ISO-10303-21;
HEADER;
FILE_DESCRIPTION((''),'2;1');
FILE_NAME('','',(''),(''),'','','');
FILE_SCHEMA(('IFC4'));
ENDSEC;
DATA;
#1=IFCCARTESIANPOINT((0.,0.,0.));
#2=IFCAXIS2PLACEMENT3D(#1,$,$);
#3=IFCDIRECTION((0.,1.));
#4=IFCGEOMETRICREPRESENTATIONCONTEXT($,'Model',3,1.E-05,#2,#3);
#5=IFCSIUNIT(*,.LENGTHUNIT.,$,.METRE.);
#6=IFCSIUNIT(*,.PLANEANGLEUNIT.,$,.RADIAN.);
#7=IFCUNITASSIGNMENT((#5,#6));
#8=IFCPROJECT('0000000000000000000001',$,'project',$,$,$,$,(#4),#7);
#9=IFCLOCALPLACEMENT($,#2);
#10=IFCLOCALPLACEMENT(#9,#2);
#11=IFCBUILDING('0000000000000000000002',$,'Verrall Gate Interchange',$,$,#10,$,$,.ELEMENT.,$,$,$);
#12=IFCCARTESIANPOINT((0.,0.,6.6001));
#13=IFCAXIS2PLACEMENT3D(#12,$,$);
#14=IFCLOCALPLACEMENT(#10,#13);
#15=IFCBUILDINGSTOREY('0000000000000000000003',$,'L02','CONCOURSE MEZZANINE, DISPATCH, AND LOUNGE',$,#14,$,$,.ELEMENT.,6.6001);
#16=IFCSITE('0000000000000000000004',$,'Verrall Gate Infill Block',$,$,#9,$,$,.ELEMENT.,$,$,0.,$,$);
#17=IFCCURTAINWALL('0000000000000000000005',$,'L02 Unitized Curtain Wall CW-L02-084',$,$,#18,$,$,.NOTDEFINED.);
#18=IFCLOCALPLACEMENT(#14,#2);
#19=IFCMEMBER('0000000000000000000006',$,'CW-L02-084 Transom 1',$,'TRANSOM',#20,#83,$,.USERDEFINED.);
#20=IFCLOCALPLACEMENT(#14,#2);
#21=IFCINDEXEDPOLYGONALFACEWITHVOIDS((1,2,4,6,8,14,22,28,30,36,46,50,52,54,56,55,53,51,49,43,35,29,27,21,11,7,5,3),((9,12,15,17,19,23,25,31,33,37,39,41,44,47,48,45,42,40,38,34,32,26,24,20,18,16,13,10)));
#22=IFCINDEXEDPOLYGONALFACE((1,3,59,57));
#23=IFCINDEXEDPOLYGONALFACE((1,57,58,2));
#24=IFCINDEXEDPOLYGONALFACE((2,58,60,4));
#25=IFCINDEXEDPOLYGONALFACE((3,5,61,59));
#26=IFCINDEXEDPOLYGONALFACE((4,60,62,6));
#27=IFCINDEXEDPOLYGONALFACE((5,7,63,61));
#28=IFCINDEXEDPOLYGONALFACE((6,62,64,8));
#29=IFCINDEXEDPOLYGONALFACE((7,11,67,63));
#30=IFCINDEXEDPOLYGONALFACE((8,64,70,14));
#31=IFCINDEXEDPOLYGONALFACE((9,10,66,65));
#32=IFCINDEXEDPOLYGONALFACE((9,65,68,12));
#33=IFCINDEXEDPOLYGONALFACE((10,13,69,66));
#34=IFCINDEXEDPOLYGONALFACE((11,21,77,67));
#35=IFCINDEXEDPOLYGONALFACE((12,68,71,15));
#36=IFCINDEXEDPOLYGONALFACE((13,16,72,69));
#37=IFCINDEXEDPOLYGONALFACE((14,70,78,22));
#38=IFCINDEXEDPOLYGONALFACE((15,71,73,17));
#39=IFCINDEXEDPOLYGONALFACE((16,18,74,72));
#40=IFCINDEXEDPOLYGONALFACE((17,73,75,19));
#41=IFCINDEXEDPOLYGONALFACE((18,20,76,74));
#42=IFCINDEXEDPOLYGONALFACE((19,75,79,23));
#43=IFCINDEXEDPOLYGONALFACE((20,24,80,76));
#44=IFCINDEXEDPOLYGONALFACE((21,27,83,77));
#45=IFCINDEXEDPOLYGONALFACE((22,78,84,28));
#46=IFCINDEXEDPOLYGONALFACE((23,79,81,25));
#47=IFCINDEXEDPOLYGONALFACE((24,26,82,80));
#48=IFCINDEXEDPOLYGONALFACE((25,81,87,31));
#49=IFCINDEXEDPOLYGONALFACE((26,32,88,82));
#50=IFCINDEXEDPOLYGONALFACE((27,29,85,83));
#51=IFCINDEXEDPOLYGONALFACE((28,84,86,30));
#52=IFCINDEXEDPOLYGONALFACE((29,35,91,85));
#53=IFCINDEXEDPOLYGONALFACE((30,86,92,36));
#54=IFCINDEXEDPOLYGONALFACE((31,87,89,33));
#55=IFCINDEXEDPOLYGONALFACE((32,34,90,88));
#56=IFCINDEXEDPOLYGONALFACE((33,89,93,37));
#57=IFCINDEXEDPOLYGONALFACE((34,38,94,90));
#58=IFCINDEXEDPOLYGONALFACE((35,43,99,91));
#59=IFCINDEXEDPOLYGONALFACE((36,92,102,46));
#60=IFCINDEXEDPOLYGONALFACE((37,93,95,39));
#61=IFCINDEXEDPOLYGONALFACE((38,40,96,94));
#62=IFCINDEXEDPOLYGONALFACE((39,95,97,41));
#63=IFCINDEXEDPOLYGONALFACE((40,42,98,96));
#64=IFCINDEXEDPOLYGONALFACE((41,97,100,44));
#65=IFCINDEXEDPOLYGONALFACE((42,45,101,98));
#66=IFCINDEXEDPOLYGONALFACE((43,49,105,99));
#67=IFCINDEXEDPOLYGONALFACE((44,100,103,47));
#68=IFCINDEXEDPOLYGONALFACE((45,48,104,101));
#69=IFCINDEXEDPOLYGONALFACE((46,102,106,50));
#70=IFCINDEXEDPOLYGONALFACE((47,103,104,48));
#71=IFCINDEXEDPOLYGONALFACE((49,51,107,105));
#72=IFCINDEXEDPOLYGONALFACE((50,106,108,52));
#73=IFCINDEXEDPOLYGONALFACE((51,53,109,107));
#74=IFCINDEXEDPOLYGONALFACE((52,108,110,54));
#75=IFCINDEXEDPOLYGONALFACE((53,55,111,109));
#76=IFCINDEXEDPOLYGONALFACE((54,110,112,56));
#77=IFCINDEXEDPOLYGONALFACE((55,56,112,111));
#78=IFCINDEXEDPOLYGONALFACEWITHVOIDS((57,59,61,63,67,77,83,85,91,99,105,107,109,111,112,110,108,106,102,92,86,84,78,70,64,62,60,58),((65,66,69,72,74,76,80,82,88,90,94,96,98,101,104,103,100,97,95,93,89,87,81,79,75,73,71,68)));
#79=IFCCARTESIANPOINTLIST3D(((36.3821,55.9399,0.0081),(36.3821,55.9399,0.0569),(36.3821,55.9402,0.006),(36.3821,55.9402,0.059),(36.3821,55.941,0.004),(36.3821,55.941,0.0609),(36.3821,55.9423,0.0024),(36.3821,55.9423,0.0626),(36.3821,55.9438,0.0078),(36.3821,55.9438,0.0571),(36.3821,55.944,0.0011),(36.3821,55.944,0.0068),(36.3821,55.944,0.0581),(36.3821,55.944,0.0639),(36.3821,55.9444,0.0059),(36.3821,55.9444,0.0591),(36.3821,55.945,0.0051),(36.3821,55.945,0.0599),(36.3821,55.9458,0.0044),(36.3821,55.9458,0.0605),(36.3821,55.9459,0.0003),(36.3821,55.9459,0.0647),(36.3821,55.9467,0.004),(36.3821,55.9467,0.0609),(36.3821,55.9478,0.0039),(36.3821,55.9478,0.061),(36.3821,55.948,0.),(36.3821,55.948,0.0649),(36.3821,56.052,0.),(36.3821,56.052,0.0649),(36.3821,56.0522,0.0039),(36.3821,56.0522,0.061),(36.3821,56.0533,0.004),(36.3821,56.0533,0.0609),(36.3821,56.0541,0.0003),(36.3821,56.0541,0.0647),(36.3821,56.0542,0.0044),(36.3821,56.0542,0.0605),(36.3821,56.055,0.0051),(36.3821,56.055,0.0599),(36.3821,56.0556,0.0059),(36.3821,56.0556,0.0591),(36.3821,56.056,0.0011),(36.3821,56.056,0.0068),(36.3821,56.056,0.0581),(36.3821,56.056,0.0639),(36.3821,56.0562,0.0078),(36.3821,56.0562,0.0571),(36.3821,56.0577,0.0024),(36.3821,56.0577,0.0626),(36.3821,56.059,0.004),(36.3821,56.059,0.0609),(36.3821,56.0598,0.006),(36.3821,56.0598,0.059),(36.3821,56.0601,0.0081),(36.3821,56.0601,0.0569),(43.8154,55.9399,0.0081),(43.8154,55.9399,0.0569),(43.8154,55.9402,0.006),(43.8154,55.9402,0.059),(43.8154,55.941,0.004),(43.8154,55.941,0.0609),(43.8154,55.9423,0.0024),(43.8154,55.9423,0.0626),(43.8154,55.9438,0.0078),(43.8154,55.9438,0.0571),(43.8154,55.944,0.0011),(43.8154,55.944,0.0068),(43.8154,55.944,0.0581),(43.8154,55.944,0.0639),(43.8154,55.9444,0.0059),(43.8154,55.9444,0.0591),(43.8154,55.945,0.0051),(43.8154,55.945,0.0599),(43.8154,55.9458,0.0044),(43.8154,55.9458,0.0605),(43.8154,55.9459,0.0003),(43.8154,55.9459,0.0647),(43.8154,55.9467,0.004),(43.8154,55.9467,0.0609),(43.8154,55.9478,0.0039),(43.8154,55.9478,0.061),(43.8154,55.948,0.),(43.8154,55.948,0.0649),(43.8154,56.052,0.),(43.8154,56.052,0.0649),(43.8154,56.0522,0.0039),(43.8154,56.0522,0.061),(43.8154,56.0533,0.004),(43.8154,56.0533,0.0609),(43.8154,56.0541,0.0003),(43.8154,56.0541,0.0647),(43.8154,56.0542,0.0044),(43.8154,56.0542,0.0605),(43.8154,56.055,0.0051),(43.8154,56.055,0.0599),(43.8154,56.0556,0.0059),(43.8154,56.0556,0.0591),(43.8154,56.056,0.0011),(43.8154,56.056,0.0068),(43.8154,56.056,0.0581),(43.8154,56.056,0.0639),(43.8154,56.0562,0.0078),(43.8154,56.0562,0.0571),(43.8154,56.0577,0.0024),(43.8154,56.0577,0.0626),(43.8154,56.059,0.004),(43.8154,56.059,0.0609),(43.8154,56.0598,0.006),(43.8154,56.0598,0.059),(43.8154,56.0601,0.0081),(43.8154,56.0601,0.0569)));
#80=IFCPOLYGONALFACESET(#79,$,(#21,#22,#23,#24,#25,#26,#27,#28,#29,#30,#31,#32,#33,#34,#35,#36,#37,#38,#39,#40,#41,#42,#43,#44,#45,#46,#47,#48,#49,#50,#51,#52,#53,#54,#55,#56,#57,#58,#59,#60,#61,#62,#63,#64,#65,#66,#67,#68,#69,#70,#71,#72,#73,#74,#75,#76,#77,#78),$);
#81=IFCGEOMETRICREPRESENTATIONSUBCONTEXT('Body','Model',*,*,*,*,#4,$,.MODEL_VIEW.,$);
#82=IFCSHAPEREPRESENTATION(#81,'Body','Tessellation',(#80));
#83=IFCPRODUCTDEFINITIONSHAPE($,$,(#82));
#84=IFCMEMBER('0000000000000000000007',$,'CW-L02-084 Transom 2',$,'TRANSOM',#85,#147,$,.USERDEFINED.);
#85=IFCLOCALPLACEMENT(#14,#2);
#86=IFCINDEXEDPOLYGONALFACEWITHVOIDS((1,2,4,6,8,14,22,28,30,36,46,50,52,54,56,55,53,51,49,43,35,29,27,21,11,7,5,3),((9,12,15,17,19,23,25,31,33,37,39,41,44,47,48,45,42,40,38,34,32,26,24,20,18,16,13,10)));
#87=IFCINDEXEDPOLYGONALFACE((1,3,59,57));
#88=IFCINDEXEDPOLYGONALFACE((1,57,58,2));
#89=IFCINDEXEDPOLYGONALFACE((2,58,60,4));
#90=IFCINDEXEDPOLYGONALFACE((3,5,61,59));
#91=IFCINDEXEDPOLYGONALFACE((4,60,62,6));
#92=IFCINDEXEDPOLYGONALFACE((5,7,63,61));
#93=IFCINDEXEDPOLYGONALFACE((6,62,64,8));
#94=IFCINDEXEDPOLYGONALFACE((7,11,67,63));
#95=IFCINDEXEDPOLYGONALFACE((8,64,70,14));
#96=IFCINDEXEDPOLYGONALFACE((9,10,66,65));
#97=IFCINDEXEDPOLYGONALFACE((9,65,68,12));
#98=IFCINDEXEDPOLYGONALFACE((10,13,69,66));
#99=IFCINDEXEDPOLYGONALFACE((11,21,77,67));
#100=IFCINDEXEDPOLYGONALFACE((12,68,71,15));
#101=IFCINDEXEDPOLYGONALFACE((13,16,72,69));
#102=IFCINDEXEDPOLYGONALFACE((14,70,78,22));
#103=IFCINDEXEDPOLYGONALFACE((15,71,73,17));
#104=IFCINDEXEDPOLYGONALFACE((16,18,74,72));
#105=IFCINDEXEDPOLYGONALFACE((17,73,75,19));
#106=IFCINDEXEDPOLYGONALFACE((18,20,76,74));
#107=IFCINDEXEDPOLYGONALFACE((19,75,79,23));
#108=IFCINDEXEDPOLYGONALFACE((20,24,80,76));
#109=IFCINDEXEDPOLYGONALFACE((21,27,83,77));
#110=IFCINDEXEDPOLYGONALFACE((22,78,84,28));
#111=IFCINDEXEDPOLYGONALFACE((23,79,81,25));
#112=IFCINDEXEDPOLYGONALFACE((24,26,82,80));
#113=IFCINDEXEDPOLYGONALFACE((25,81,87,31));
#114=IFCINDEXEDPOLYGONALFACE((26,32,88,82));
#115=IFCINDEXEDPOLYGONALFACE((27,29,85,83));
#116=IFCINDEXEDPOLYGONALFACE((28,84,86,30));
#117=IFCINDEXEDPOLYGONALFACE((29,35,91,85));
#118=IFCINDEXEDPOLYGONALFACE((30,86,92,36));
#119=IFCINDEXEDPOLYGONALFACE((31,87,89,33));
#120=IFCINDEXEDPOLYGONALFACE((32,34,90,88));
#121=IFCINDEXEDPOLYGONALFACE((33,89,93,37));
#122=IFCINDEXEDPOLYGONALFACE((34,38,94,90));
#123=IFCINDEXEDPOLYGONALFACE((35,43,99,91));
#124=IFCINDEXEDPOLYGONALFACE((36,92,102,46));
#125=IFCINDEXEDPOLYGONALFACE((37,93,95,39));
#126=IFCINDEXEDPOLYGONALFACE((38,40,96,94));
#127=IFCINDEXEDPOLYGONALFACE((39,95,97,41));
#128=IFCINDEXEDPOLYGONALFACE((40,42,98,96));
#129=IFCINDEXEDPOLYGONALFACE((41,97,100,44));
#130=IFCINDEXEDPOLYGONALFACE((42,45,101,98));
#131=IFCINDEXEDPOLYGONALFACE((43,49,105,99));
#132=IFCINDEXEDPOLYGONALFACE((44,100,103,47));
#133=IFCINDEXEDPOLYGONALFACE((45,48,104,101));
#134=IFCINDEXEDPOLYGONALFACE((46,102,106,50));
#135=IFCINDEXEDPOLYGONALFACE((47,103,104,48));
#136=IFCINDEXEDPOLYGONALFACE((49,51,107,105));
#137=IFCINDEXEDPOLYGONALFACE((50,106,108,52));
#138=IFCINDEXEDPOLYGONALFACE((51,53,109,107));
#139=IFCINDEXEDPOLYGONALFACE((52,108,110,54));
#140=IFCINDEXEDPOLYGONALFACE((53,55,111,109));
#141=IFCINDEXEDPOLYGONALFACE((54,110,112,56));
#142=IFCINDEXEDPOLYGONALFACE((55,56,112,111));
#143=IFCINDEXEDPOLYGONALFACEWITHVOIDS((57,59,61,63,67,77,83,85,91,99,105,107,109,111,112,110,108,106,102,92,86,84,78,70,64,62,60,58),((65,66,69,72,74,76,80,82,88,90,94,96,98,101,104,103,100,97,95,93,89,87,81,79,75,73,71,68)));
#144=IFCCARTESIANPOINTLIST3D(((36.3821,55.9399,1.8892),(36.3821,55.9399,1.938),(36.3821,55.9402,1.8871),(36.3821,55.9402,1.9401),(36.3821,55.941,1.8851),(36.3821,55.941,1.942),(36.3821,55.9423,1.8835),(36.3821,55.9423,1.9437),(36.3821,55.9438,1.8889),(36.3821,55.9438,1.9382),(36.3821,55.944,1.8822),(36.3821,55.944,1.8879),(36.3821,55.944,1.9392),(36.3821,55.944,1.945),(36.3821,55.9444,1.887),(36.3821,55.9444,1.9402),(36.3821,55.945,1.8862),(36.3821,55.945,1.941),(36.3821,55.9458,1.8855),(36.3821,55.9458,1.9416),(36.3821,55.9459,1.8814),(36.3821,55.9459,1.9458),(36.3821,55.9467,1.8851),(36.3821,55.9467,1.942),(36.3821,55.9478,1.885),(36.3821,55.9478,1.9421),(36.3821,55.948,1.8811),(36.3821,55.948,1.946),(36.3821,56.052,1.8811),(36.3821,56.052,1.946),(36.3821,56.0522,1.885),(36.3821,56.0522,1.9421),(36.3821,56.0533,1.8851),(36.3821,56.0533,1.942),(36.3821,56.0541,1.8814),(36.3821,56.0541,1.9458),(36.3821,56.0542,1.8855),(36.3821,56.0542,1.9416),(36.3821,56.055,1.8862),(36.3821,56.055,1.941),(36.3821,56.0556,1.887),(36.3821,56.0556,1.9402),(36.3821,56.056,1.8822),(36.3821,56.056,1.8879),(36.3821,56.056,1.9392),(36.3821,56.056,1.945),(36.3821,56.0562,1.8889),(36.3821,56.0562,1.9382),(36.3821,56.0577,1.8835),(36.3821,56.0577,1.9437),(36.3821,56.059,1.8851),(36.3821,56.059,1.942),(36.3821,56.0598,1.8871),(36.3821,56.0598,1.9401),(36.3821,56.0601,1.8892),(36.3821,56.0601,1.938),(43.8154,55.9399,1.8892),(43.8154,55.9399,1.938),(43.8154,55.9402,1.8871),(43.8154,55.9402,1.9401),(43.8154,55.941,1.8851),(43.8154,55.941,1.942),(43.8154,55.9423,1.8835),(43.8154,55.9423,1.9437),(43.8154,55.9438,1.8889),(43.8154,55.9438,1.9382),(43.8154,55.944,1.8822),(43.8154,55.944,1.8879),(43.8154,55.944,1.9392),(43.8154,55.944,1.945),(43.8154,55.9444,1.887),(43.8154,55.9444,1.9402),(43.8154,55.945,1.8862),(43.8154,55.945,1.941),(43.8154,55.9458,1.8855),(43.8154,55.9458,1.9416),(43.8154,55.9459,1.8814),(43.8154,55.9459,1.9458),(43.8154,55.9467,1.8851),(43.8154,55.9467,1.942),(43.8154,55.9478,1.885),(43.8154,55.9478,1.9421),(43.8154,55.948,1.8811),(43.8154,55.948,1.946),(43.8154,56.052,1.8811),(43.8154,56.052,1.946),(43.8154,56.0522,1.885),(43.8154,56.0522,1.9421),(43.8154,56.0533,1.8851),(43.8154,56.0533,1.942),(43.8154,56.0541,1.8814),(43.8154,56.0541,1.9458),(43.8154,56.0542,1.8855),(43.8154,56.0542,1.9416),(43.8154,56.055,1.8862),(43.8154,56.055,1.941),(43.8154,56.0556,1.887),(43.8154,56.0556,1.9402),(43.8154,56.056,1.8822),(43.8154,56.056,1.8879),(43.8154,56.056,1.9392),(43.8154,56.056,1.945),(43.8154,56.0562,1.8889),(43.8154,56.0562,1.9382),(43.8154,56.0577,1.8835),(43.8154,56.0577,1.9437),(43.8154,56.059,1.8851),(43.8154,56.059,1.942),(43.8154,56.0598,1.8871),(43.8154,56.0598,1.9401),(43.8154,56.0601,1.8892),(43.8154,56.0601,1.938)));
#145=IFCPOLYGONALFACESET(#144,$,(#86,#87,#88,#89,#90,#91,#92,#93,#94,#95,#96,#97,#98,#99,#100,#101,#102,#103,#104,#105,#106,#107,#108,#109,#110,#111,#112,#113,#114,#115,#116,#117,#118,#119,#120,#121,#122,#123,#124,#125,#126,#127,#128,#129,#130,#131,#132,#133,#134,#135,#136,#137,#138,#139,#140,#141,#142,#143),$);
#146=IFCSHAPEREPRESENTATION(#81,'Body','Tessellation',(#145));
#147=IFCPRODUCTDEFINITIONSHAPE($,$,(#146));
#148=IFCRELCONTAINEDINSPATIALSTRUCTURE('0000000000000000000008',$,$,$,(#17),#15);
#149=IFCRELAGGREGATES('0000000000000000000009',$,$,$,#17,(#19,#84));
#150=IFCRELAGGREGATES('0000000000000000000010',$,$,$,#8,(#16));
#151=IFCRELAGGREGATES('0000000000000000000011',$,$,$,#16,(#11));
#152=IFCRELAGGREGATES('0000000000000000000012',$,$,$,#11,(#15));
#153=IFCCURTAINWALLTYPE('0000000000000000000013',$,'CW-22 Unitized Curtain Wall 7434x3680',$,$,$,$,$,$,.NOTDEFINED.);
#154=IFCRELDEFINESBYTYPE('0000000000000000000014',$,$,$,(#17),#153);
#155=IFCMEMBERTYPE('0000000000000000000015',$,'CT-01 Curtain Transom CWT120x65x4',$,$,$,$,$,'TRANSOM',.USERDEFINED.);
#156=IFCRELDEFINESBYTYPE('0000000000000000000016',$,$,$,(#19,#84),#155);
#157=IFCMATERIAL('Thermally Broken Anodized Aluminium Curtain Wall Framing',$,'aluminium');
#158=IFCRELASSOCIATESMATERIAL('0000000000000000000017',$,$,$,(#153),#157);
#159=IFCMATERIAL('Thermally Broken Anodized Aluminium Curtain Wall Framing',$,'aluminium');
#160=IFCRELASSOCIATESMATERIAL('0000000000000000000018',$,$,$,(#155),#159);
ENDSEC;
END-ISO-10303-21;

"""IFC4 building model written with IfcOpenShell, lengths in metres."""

from ifc_helpers import new_model, si_unit, direction, frame, origin, origin_2d, place, context, subcontext, project, spatial, hollow_rectangle, extrude, material, material_profile, profile_set, type_object, element, aggregate, save


model = new_model("IFC4")

# Units and contexts
model_context = context("Model", 3, precision=1e-05, world=origin(), true_north=direction((0.0, 1.0)))
body_context = subcontext(model_context, "Body", "Model", "MODEL_VIEW")
ifc_project = project(units=[si_unit("LENGTHUNIT", "METRE"), si_unit("PLANEANGLEUNIT", "RADIAN")], contexts=[model_context])

# Site, building, storey
site_placement = place(None, origin())
site = spatial("IfcSite", under=ifc_project, at=site_placement, Name="Verrall Gate Infill Block", CompositionType="ELEMENT", RefElevation=0.0)
building_placement = place(site_placement, origin())
building = spatial("IfcBuilding", under=site, at=building_placement, Name="Verrall Gate Interchange", CompositionType="ELEMENT")
storey_placement = place(building_placement, frame((0.0, 0.0, 6.6001)))
storey = spatial("IfcBuildingStorey", under=building, at=storey_placement, Name="L02", Description="CONCOURSE MEZZANINE, DISPATCH, AND LOUNGE", CompositionType="ELEMENT", Elevation=6.6001)

# Curtain wall
ifc_material_1 = material(Name="Thermally Broken Anodized Aluminium Curtain Wall Framing", Category="aluminium")
curtain_wall_type_1 = type_object("IfcCurtainWallType", Name="CW-22 Unitized Curtain Wall 7434x3680", PredefinedType="NOTDEFINED", material=ifc_material_1)
curtain_wall_1_placement = place(storey_placement, origin())
curtain_wall_1 = element("IfcCurtainWall", 1, at=curtain_wall_1_placement, inside=storey, type_object=curtain_wall_type_1, Name="L02 Unitized Curtain Wall CW-L02-084", PredefinedType="NOTDEFINED")

# Members
ifc_material_2 = material(Name="Thermally Broken Anodized Aluminium Curtain Wall Framing", Category="aluminium")
ifc_material_profile_1 = material_profile(ifc_material_2, hollow_rectangle(XDim=0.1201, YDim=0.0649, WallThickness=0.0039, InnerFilletRadius=0.0039, OuterFilletRadius=0.0081, at=origin_2d()), Name="CWT120x65x4")
ifc_profile_set_1 = profile_set([ifc_material_profile_1], Name="Thermally Broken Anodized Aluminium Curtain Wall Framing")
member_type_1 = type_object("IfcMemberType", Name="CT-01 Curtain Transom CWT120x65x4", ElementType="TRANSOM", PredefinedType="USERDEFINED", material=ifc_profile_set_1)
member_1_placement = place(storey_placement, frame((43.8154, 56.0, 0.0325), z_axis=(-1.0, 0.0, 0.0), x_axis=(0.0, -1.0, 0.0)))
member_1 = element("IfcMember", 2, at=member_1_placement, type_object=member_type_1, Name="CW-L02-084 Transom 1", ObjectType="TRANSOM", PredefinedType="USERDEFINED", context=body_context, shape_type="SweptSolid", body=[
    extrude(hollow_rectangle(XDim=0.1201, YDim=0.0649, WallThickness=0.0039, InnerFilletRadius=0.0039, OuterFilletRadius=0.0081, at=origin_2d()), origin(), (0.0, 0.0, 1.0), 7.4333),
])
member_2_placement = place(storey_placement, frame((43.8154, 56.0, 1.9136), z_axis=(-1.0, 0.0, 0.0), x_axis=(0.0, -1.0, 0.0)))
member_2 = element("IfcMember", 3, at=member_2_placement, type_object=member_type_1, Name="CW-L02-084 Transom 2", ObjectType="TRANSOM", PredefinedType="USERDEFINED", context=body_context, shape_type="SweptSolid", body=[
    extrude(hollow_rectangle(XDim=0.1201, YDim=0.0649, WallThickness=0.0039, InnerFilletRadius=0.0039, OuterFilletRadius=0.0081, at=origin_2d()), origin(), (0.0, 0.0, 1.0), 7.4333),
])

aggregate(curtain_wall_1, [member_1, member_2])

save(model, "model.ifc")
